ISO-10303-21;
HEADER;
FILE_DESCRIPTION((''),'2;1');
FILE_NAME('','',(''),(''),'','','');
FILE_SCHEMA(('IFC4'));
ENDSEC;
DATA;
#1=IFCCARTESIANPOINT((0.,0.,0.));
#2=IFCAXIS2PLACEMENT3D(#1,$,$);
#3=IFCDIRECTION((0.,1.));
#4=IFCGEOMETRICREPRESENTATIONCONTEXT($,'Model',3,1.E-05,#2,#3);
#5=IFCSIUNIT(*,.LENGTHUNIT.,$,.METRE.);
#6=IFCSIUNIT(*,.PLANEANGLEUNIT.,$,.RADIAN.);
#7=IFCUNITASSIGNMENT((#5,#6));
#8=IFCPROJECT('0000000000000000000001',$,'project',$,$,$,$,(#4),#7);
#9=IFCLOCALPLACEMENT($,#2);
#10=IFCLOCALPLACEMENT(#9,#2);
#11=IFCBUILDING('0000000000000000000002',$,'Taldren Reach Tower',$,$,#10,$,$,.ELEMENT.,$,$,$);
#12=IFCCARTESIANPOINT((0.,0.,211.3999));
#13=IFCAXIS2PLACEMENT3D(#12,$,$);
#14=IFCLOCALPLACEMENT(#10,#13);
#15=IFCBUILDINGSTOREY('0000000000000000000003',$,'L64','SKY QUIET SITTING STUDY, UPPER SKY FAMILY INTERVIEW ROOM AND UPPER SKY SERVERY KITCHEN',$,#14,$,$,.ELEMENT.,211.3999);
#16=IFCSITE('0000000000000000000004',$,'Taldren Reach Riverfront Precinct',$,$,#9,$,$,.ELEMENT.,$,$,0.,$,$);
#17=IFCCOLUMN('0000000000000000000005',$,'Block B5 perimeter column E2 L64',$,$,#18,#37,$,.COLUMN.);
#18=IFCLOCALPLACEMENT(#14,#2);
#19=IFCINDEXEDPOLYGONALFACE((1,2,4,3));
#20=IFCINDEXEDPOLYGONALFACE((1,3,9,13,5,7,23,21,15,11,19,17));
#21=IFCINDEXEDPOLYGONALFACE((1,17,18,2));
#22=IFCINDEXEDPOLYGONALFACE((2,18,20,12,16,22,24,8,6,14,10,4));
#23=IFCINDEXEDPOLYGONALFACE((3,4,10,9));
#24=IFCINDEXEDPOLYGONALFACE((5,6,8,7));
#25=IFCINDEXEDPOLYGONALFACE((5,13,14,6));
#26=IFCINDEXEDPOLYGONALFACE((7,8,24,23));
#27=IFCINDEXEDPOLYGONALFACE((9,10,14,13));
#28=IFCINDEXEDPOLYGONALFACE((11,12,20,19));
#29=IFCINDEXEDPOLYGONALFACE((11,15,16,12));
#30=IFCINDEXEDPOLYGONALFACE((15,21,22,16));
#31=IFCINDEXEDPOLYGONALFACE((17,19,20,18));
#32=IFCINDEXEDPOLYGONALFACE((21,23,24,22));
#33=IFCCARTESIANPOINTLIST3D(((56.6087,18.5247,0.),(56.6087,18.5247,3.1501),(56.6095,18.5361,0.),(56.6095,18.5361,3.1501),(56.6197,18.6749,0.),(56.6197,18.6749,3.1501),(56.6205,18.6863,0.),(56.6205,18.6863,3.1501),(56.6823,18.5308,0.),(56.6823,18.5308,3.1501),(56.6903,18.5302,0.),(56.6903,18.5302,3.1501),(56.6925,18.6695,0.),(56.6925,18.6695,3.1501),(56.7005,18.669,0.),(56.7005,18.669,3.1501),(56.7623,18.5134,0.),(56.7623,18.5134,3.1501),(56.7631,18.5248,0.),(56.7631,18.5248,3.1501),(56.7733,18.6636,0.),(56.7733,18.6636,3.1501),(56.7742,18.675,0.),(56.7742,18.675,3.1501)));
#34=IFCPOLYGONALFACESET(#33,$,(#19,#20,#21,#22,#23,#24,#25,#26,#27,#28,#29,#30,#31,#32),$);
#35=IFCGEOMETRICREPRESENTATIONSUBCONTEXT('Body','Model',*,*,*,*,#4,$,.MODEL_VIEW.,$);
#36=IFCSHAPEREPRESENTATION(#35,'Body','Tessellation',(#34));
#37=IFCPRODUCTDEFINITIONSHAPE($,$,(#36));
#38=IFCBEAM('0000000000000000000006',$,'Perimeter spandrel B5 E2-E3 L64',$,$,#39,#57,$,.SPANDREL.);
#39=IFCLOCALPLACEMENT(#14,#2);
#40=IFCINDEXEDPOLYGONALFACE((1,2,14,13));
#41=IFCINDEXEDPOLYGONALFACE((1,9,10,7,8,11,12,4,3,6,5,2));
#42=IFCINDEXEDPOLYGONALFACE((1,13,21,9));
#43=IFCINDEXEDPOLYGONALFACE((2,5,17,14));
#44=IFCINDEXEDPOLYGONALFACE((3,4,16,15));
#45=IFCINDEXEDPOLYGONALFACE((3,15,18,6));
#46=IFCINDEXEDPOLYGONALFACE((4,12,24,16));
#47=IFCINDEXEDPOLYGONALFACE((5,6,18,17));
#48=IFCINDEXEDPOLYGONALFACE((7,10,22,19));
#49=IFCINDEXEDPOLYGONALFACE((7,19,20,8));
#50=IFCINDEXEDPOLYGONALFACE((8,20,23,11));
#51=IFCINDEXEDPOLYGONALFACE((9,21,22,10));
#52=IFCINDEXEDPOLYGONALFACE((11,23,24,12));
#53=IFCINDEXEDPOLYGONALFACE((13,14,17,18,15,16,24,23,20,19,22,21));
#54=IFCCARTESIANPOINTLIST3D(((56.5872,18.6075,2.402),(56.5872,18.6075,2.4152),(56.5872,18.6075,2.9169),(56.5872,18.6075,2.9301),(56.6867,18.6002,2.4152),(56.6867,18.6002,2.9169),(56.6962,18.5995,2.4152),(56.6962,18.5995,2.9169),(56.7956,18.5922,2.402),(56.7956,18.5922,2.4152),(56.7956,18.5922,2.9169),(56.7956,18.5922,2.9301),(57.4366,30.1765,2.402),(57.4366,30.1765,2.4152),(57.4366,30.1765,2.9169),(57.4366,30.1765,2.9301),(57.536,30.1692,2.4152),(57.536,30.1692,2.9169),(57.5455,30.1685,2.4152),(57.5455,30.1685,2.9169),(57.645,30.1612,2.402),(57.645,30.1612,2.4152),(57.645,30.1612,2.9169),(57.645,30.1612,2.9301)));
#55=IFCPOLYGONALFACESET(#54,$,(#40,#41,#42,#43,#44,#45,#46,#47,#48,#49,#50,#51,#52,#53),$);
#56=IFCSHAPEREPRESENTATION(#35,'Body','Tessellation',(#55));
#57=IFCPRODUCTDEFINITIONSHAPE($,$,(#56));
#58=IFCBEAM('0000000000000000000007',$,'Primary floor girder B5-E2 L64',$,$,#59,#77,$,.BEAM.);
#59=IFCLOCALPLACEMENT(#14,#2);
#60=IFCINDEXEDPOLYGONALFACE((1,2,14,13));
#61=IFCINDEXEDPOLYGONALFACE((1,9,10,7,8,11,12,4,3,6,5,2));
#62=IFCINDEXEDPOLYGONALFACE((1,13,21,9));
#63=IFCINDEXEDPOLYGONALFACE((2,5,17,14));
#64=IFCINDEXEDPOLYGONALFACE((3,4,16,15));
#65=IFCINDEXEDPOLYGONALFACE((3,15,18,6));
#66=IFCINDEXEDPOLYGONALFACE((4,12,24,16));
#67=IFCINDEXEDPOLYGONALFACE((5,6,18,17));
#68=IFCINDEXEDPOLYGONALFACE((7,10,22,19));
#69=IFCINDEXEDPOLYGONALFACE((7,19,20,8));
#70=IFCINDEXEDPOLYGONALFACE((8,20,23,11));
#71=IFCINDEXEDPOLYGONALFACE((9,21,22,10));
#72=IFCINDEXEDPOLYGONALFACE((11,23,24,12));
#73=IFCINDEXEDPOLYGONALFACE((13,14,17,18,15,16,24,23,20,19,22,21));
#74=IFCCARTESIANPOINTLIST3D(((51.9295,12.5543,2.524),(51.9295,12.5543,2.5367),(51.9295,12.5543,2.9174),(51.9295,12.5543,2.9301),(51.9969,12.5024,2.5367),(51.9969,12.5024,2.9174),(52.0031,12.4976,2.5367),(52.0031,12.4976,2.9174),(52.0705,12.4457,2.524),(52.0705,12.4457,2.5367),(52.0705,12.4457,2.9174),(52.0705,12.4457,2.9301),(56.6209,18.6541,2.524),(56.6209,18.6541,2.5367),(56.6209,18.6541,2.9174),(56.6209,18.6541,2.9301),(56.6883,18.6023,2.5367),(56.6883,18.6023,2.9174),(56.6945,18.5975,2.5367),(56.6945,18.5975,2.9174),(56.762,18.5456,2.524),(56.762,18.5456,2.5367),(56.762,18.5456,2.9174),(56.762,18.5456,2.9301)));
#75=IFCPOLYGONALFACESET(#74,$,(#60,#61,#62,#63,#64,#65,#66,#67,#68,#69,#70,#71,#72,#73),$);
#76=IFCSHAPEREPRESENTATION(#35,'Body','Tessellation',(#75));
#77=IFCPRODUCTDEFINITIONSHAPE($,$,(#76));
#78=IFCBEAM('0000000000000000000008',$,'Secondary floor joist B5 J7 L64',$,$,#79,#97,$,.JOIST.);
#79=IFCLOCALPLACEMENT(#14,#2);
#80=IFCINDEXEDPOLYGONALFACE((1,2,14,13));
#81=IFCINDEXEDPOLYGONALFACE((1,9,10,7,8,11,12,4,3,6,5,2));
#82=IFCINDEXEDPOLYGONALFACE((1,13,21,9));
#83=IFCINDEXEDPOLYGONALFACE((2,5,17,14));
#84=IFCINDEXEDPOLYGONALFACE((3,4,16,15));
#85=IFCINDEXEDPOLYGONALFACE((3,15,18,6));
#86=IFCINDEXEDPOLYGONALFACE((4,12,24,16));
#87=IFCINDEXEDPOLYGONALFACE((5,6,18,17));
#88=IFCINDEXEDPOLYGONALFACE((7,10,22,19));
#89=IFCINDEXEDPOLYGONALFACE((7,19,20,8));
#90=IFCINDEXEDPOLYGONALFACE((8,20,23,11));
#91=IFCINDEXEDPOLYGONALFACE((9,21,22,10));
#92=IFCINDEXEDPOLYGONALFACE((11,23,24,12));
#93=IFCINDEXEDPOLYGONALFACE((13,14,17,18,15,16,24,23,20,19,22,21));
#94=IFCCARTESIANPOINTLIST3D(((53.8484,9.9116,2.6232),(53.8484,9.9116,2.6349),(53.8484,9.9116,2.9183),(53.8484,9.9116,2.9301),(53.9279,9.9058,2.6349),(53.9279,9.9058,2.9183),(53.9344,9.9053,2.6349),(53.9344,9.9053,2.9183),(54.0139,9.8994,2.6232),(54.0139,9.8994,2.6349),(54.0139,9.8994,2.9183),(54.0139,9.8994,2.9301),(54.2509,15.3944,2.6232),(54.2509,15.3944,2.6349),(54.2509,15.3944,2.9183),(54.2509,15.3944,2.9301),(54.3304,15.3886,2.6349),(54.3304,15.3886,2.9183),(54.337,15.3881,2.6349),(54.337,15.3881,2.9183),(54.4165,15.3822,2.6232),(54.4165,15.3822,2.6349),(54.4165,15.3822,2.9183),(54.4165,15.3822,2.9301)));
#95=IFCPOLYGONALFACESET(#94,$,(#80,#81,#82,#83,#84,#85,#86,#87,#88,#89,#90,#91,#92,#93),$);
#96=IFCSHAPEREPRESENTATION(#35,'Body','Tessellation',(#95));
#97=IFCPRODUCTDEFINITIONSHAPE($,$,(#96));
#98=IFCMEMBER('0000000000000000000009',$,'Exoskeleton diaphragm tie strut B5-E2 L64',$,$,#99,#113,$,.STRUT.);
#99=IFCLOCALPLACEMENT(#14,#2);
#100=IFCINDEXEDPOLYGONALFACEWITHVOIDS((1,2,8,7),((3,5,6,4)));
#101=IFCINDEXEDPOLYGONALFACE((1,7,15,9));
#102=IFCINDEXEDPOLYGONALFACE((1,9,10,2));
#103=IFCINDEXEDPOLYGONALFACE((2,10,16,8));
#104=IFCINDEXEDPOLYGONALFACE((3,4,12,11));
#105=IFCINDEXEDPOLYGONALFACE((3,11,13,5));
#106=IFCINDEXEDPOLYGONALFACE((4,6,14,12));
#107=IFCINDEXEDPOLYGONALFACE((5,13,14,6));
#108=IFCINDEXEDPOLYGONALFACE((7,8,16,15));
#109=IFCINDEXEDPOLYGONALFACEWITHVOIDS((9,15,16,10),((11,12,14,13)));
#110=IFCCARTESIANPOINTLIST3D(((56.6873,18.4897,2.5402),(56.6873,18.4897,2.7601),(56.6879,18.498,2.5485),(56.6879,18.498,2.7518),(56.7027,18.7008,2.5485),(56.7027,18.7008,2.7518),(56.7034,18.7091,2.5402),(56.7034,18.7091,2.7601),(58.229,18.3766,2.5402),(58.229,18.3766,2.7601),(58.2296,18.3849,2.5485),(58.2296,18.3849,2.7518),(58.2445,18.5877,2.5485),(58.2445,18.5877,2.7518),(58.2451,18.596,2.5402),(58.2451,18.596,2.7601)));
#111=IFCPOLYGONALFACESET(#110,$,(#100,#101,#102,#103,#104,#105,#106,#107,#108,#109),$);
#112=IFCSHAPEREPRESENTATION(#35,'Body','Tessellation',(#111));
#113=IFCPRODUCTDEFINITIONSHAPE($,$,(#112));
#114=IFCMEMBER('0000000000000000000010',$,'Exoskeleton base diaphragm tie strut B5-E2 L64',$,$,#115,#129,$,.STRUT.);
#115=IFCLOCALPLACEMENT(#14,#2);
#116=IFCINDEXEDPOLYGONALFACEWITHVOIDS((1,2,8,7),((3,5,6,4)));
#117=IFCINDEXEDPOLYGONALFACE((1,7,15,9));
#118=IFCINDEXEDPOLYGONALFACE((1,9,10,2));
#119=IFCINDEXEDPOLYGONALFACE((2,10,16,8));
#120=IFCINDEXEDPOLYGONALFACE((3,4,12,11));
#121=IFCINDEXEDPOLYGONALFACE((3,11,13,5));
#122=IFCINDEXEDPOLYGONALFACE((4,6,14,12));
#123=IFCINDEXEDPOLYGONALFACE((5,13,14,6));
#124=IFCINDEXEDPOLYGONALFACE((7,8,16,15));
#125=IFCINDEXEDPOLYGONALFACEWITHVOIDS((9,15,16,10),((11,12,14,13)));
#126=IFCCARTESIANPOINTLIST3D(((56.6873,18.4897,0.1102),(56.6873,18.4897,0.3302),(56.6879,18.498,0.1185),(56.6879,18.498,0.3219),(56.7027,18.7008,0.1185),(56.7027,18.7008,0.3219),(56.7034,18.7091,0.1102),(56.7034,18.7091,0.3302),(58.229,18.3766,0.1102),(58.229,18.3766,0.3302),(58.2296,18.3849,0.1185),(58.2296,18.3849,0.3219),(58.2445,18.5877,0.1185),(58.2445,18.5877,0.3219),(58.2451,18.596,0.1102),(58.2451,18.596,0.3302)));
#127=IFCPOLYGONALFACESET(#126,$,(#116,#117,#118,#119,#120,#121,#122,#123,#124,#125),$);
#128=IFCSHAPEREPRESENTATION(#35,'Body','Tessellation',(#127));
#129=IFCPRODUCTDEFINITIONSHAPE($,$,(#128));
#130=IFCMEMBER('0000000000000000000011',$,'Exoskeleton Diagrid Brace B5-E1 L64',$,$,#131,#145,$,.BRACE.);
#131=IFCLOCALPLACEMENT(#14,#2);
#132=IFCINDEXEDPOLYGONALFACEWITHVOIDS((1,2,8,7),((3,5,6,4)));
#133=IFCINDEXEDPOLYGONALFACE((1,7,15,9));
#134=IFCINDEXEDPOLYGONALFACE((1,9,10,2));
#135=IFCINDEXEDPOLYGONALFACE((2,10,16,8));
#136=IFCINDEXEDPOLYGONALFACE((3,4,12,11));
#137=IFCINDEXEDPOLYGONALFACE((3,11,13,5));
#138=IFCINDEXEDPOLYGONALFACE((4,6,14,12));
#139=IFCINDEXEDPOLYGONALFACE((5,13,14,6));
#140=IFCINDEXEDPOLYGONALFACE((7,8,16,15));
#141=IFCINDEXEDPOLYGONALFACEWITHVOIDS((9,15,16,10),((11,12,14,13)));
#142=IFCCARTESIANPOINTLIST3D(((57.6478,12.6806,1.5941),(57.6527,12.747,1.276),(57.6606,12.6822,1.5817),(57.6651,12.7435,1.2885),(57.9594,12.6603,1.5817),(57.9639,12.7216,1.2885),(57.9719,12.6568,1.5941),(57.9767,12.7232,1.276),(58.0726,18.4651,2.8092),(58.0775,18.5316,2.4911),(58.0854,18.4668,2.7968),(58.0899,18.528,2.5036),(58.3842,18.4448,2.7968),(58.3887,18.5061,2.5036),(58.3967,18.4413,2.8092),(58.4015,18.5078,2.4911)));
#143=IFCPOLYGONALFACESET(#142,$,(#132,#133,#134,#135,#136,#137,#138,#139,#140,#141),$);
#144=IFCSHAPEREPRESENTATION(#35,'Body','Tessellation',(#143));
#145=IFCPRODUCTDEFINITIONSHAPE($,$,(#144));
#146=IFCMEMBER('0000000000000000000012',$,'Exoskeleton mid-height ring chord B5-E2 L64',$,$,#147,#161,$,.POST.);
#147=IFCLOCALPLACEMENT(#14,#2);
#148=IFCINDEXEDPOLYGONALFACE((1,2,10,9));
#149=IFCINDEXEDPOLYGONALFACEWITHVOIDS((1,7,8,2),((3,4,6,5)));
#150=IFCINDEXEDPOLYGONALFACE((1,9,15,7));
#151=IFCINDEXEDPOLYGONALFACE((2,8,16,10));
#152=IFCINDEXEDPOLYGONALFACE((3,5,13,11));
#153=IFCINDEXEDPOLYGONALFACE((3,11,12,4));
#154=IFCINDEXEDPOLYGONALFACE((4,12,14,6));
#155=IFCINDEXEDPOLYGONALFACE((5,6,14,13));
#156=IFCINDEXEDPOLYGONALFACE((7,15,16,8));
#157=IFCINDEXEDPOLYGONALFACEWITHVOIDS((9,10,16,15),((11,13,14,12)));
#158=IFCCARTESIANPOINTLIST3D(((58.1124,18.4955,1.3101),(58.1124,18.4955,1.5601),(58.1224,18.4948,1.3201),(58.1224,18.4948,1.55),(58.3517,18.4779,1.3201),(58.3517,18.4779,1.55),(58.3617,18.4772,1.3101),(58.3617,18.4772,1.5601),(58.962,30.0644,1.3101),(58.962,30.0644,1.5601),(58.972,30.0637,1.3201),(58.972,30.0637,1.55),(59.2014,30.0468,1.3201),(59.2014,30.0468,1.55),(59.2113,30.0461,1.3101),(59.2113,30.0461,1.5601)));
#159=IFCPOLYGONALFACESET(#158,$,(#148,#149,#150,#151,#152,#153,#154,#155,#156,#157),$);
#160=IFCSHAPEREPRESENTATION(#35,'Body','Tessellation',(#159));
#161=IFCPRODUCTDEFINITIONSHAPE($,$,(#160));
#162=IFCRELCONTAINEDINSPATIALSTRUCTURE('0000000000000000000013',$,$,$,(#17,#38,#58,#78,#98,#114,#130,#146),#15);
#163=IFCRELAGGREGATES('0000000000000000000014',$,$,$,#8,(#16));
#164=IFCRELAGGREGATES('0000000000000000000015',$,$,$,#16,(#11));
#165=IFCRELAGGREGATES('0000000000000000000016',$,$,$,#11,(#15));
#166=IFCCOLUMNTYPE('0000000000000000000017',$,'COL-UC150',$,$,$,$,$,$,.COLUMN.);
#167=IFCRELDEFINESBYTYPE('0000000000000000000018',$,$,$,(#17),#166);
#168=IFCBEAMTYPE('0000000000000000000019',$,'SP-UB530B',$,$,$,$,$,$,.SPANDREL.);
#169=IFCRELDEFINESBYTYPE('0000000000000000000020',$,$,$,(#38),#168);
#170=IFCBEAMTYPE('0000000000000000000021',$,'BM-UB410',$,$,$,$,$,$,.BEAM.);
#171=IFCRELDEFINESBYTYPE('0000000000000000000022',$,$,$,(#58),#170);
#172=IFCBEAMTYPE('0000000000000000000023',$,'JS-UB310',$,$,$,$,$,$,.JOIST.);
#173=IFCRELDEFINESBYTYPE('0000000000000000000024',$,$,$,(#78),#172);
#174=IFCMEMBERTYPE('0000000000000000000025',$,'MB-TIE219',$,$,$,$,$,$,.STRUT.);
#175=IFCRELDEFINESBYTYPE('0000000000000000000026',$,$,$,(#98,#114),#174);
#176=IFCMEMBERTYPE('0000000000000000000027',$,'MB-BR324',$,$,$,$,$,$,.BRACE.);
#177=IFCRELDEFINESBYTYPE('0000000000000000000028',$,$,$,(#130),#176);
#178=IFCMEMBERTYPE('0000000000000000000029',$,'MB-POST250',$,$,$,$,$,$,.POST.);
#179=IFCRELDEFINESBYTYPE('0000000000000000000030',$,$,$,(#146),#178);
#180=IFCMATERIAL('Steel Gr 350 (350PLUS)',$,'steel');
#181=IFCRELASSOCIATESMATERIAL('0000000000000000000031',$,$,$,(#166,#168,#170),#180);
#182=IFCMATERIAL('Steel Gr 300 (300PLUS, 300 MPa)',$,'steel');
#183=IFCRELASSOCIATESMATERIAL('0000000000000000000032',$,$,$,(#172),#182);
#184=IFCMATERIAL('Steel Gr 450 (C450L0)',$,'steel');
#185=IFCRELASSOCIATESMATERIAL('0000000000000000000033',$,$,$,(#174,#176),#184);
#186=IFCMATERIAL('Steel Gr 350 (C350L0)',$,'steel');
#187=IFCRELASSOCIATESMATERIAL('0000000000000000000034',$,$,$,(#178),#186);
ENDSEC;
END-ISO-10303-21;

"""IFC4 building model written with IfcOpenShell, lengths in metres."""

from ifc_helpers import new_model, si_unit, direction, frame, origin, origin_2d, place, context, subcontext, project, spatial, hollow_rectangle, i_section, extrude, source, transform, mapped, material, material_profile, profile_set, type_object, element, save


model = new_model("IFC4")

# Units and contexts
model_context = context("Model", 3, precision=1e-05, world=origin(), true_north=direction((0.0, 1.0)))
body_context = subcontext(model_context, "Body", "Model", "MODEL_VIEW")
ifc_project = project(units=[si_unit("LENGTHUNIT", "METRE"), si_unit("PLANEANGLEUNIT", "RADIAN")], contexts=[model_context])

# Site, building, storey
site_placement = place(None, origin())
site = spatial("IfcSite", under=ifc_project, at=site_placement, Name="Taldren Reach Riverfront Precinct", CompositionType="ELEMENT", RefElevation=0.0)
building_placement = place(site_placement, origin())
building = spatial("IfcBuilding", under=site, at=building_placement, Name="Taldren Reach Tower", CompositionType="ELEMENT")
storey_placement = place(building_placement, frame((0.0, 0.0, 211.3999)))
storey = spatial("IfcBuildingStorey", under=building, at=storey_placement, Name="L64", Description="SKY QUIET SITTING STUDY, UPPER SKY FAMILY INTERVIEW ROOM AND UPPER SKY SERVERY KITCHEN", CompositionType="ELEMENT", Elevation=211.3999)

# Column
ifc_material_1 = material(Name="Steel Gr 350 (350PLUS)", Category="steel")
ifc_material_profile_1 = material_profile(ifc_material_1, i_section(OverallWidth=0.1541, OverallDepth=0.1621, WebThickness=0.0081, FlangeThickness=0.0115, at=origin_2d()), Name="150UC37.2")
ifc_profile_set_1 = profile_set([ifc_material_profile_1], Name="Steel Gr 350 (350PLUS)")
column_type = type_object("IfcColumnType", Name="COL-UC150", PredefinedType="COLUMN", material=ifc_profile_set_1)
shared_shape_1 = source(origin(), body_context, "Body", "SweptSolid", [
    extrude(i_section(OverallWidth=0.1541, OverallDepth=0.1621, WebThickness=0.0081, FlangeThickness=0.0115, at=origin_2d()), origin(), (0.0, 0.0, 1.0), 3.1501),
])
column_placement = place(storey_placement, frame((56.6914, 18.5999, 0.0), z_axis=(0.0, 0.0, 1.0), x_axis=(0.997314, -0.073238, 0.0)))
element("IfcColumn", 1, at=column_placement, inside=storey, type_object=column_type, Name="Block B5 perimeter column E2 L64", PredefinedType="COLUMN", context=body_context, shape_type="MappedRepresentation", body=[
    mapped(shared_shape_1, transform((0.0, 0.0, 0.0), scale=1.0)),
])

# Beams
ifc_material_profile_2 = material_profile(ifc_material_1, i_section(OverallWidth=0.209, OverallDepth=0.5281, WebThickness=0.0095, FlangeThickness=0.0132, at=origin_2d()), Name="530UB82.0")
ifc_profile_set_2 = profile_set([ifc_material_profile_2], Name="Steel Gr 350 (350PLUS)")
beam_type_1 = type_object("IfcBeamType", Name="SP-UB530B", PredefinedType="SPANDREL", material=ifc_profile_set_2)
shared_shape_2 = source(origin(), body_context, "Body", "SweptSolid", [
    extrude(i_section(OverallWidth=0.209, OverallDepth=0.5281, WebThickness=0.0095, FlangeThickness=0.0132, at=origin_2d()), origin(), (0.0, 0.0, 1.0), 11.6001),
])
beam_1_placement = place(storey_placement, frame((56.6914, 18.5999, 2.666), z_axis=(0.073221, 0.997316, 0.0), x_axis=(-0.997316, 0.073221, 0.0)))
element("IfcBeam", 2, at=beam_1_placement, inside=storey, type_object=beam_type_1, Name="Perimeter spandrel B5 E2-E3 L64", PredefinedType="SPANDREL", context=body_context, shape_type="MappedRepresentation", body=[
    mapped(shared_shape_2, transform((0.0, 0.0, 0.0), scale=1.0)),
])
ifc_material_profile_3 = material_profile(ifc_material_1, i_section(OverallWidth=0.178, OverallDepth=0.406, WebThickness=0.0078, FlangeThickness=0.0127, at=origin_2d()), Name="410UB59.7")
ifc_profile_set_3 = profile_set([ifc_material_profile_3], Name="Steel Gr 350 (350PLUS)")
beam_type_2 = type_object("IfcBeamType", Name="BM-UB410", PredefinedType="BEAM", material=ifc_profile_set_3)
shared_shape_3 = source(origin(), body_context, "Body", "SweptSolid", [
    extrude(i_section(OverallWidth=0.178, OverallDepth=0.406, WebThickness=0.0078, FlangeThickness=0.0127, at=origin_2d()), origin(), (0.0, 0.0, 1.0), 7.6953),
])
beam_2_placement = place(storey_placement, frame((52.0, 12.5, 2.7271), z_axis=(0.609646, 0.792674, 0.0), x_axis=(-0.792674, 0.609646, 0.0)))
element("IfcBeam", 3, at=beam_2_placement, inside=storey, type_object=beam_type_2, Name="Primary floor girder B5-E2 L64", PredefinedType="BEAM", context=body_context, shape_type="MappedRepresentation", body=[
    mapped(shared_shape_3, transform((0.0, 0.0, 0.0), scale=1.0)),
])
ifc_material_2 = material(Name="Steel Gr 300 (300PLUS, 300 MPa)", Category="steel")
ifc_material_profile_4 = material_profile(ifc_material_2, i_section(OverallWidth=0.166, OverallDepth=0.3069, WebThickness=0.0066, FlangeThickness=0.0117, at=origin_2d()), Name="310UB46.2")
ifc_profile_set_4 = profile_set([ifc_material_profile_4], Name="Steel Gr 300 (300PLUS, 300 MPa)")
beam_type_3 = type_object("IfcBeamType", Name="JS-UB310", PredefinedType="JOIST", material=ifc_profile_set_4)
shared_shape_4 = source(origin(), body_context, "Body", "SweptSolid", [
    extrude(i_section(OverallWidth=0.166, OverallDepth=0.3069, WebThickness=0.0066, FlangeThickness=0.0117, at=origin_2d()), origin(), (0.0, 0.0, 1.0), 5.4976),
])
beam_3_placement = place(storey_placement, frame((53.9312, 9.9055, 2.7766), z_axis=(0.073229, 0.997315, 0.0), x_axis=(-0.997315, 0.073229, 0.0)))
element("IfcBeam", 4, at=beam_3_placement, inside=storey, type_object=beam_type_3, Name="Secondary floor joist B5 J7 L64", PredefinedType="JOIST", context=body_context, shape_type="MappedRepresentation", body=[
    mapped(shared_shape_4, transform((0.0, 0.0, 0.0), scale=1.0)),
])

# Members
ifc_material_3 = material(Name="Steel Gr 450 (C450L0)", Category="steel")
ifc_material_profile_5 = material_profile(ifc_material_3, hollow_rectangle(XDim=0.22, YDim=0.22, WallThickness=0.0083, at=origin_2d()), Name="220x220x8.2SHS")
ifc_profile_set_5 = profile_set([ifc_material_profile_5], Name="Steel Gr 450 (C450L0)")
member_type_1 = type_object("IfcMemberType", Name="MB-TIE219", PredefinedType="STRUT", material=ifc_profile_set_5)
shared_shape_5 = source(origin(), body_context, "Body", "SweptSolid", [
    extrude(hollow_rectangle(XDim=0.22, YDim=0.22, WallThickness=0.0083, at=origin_2d()), origin(), (0.0, 0.0, 1.0), 1.5459),
])
for number, where, z_axis, x_axis, name in (
    (5, (56.6953, 18.5994, 2.6501), (0.997323, -0.073121, 0.0), (0.073121, 0.997323, 0.0), "Exoskeleton diaphragm tie strut B5-E2 L64"),
    (6, (56.6953, 18.5994, 0.2202), (0.997323, -0.073121, 0.0), (0.073121, 0.997323, 0.0), "Exoskeleton base diaphragm tie strut B5-E2 L64"),
):
    element("IfcMember", number, at=place(storey_placement, frame(where, z_axis=z_axis, x_axis=x_axis)), inside=storey, type_object=member_type_1, Name=name, PredefinedType="STRUT", context=body_context, shape_type="MappedRepresentation", body=[
        mapped(shared_shape_5, transform((0.0, 0.0, 0.0), scale=1.0)),
    ])
ifc_material_profile_6 = material_profile(ifc_material_3, hollow_rectangle(XDim=0.325, YDim=0.325, WallThickness=0.0127, at=origin_2d()), Name="325x325x12.7SHS")
ifc_profile_set_6 = profile_set([ifc_material_profile_6], Name="Steel Gr 450 (C450L0)")
member_type_2 = type_object("IfcMemberType", Name="MB-BR324", PredefinedType="BRACE", material=ifc_profile_set_6)
shared_shape_6 = source(origin(), body_context, "Body", "SweptSolid", [
    extrude(hollow_rectangle(XDim=0.325, YDim=0.325, WallThickness=0.0127, at=origin_2d()), origin(), (0.0, 0.0, 1.0), 5.926),
])
member_1_placement = place(storey_placement, frame((57.8123, 12.7019, 1.4351), z_axis=(0.071686, 0.976123, 0.205046), x_axis=(-0.997314, 0.073242, 0.0)))
element("IfcMember", 7, at=member_1_placement, inside=storey, type_object=member_type_2, Name="Exoskeleton Diagrid Brace B5-E1 L64", PredefinedType="BRACE", context=body_context, shape_type="MappedRepresentation", body=[
    mapped(shared_shape_6, transform((0.0, 0.0, 0.0), scale=1.0)),
])
ifc_material_4 = material(Name="Steel Gr 350 (C350L0)", Category="steel")
ifc_material_profile_7 = material_profile(ifc_material_4, hollow_rectangle(XDim=0.25, YDim=0.25, WallThickness=0.01, at=origin_2d()), Name="250x250x10.0SHS")
ifc_profile_set_7 = profile_set([ifc_material_profile_7], Name="Steel Gr 350 (C350L0)")
member_type_3 = type_object("IfcMemberType", Name="MB-POST250", PredefinedType="POST", material=ifc_profile_set_7)
shared_shape_7 = source(origin(), body_context, "Body", "SweptSolid", [
    extrude(hollow_rectangle(XDim=0.25, YDim=0.25, WallThickness=0.01, at=origin_2d()), origin(), (0.0, 0.0, 1.0), 11.6001),
])
member_2_placement = place(storey_placement, frame((58.2371, 18.4863, 1.4351), z_axis=(0.073242, 0.997314, 0.0), x_axis=(-0.997314, 0.073242, 0.0)))
element("IfcMember", 8, at=member_2_placement, inside=storey, type_object=member_type_3, Name="Exoskeleton mid-height ring chord B5-E2 L64", PredefinedType="POST", context=body_context, shape_type="MappedRepresentation", body=[
    mapped(shared_shape_7, transform((0.0, 0.0, 0.0), scale=1.0)),
])

save(model, "model.ifc")
